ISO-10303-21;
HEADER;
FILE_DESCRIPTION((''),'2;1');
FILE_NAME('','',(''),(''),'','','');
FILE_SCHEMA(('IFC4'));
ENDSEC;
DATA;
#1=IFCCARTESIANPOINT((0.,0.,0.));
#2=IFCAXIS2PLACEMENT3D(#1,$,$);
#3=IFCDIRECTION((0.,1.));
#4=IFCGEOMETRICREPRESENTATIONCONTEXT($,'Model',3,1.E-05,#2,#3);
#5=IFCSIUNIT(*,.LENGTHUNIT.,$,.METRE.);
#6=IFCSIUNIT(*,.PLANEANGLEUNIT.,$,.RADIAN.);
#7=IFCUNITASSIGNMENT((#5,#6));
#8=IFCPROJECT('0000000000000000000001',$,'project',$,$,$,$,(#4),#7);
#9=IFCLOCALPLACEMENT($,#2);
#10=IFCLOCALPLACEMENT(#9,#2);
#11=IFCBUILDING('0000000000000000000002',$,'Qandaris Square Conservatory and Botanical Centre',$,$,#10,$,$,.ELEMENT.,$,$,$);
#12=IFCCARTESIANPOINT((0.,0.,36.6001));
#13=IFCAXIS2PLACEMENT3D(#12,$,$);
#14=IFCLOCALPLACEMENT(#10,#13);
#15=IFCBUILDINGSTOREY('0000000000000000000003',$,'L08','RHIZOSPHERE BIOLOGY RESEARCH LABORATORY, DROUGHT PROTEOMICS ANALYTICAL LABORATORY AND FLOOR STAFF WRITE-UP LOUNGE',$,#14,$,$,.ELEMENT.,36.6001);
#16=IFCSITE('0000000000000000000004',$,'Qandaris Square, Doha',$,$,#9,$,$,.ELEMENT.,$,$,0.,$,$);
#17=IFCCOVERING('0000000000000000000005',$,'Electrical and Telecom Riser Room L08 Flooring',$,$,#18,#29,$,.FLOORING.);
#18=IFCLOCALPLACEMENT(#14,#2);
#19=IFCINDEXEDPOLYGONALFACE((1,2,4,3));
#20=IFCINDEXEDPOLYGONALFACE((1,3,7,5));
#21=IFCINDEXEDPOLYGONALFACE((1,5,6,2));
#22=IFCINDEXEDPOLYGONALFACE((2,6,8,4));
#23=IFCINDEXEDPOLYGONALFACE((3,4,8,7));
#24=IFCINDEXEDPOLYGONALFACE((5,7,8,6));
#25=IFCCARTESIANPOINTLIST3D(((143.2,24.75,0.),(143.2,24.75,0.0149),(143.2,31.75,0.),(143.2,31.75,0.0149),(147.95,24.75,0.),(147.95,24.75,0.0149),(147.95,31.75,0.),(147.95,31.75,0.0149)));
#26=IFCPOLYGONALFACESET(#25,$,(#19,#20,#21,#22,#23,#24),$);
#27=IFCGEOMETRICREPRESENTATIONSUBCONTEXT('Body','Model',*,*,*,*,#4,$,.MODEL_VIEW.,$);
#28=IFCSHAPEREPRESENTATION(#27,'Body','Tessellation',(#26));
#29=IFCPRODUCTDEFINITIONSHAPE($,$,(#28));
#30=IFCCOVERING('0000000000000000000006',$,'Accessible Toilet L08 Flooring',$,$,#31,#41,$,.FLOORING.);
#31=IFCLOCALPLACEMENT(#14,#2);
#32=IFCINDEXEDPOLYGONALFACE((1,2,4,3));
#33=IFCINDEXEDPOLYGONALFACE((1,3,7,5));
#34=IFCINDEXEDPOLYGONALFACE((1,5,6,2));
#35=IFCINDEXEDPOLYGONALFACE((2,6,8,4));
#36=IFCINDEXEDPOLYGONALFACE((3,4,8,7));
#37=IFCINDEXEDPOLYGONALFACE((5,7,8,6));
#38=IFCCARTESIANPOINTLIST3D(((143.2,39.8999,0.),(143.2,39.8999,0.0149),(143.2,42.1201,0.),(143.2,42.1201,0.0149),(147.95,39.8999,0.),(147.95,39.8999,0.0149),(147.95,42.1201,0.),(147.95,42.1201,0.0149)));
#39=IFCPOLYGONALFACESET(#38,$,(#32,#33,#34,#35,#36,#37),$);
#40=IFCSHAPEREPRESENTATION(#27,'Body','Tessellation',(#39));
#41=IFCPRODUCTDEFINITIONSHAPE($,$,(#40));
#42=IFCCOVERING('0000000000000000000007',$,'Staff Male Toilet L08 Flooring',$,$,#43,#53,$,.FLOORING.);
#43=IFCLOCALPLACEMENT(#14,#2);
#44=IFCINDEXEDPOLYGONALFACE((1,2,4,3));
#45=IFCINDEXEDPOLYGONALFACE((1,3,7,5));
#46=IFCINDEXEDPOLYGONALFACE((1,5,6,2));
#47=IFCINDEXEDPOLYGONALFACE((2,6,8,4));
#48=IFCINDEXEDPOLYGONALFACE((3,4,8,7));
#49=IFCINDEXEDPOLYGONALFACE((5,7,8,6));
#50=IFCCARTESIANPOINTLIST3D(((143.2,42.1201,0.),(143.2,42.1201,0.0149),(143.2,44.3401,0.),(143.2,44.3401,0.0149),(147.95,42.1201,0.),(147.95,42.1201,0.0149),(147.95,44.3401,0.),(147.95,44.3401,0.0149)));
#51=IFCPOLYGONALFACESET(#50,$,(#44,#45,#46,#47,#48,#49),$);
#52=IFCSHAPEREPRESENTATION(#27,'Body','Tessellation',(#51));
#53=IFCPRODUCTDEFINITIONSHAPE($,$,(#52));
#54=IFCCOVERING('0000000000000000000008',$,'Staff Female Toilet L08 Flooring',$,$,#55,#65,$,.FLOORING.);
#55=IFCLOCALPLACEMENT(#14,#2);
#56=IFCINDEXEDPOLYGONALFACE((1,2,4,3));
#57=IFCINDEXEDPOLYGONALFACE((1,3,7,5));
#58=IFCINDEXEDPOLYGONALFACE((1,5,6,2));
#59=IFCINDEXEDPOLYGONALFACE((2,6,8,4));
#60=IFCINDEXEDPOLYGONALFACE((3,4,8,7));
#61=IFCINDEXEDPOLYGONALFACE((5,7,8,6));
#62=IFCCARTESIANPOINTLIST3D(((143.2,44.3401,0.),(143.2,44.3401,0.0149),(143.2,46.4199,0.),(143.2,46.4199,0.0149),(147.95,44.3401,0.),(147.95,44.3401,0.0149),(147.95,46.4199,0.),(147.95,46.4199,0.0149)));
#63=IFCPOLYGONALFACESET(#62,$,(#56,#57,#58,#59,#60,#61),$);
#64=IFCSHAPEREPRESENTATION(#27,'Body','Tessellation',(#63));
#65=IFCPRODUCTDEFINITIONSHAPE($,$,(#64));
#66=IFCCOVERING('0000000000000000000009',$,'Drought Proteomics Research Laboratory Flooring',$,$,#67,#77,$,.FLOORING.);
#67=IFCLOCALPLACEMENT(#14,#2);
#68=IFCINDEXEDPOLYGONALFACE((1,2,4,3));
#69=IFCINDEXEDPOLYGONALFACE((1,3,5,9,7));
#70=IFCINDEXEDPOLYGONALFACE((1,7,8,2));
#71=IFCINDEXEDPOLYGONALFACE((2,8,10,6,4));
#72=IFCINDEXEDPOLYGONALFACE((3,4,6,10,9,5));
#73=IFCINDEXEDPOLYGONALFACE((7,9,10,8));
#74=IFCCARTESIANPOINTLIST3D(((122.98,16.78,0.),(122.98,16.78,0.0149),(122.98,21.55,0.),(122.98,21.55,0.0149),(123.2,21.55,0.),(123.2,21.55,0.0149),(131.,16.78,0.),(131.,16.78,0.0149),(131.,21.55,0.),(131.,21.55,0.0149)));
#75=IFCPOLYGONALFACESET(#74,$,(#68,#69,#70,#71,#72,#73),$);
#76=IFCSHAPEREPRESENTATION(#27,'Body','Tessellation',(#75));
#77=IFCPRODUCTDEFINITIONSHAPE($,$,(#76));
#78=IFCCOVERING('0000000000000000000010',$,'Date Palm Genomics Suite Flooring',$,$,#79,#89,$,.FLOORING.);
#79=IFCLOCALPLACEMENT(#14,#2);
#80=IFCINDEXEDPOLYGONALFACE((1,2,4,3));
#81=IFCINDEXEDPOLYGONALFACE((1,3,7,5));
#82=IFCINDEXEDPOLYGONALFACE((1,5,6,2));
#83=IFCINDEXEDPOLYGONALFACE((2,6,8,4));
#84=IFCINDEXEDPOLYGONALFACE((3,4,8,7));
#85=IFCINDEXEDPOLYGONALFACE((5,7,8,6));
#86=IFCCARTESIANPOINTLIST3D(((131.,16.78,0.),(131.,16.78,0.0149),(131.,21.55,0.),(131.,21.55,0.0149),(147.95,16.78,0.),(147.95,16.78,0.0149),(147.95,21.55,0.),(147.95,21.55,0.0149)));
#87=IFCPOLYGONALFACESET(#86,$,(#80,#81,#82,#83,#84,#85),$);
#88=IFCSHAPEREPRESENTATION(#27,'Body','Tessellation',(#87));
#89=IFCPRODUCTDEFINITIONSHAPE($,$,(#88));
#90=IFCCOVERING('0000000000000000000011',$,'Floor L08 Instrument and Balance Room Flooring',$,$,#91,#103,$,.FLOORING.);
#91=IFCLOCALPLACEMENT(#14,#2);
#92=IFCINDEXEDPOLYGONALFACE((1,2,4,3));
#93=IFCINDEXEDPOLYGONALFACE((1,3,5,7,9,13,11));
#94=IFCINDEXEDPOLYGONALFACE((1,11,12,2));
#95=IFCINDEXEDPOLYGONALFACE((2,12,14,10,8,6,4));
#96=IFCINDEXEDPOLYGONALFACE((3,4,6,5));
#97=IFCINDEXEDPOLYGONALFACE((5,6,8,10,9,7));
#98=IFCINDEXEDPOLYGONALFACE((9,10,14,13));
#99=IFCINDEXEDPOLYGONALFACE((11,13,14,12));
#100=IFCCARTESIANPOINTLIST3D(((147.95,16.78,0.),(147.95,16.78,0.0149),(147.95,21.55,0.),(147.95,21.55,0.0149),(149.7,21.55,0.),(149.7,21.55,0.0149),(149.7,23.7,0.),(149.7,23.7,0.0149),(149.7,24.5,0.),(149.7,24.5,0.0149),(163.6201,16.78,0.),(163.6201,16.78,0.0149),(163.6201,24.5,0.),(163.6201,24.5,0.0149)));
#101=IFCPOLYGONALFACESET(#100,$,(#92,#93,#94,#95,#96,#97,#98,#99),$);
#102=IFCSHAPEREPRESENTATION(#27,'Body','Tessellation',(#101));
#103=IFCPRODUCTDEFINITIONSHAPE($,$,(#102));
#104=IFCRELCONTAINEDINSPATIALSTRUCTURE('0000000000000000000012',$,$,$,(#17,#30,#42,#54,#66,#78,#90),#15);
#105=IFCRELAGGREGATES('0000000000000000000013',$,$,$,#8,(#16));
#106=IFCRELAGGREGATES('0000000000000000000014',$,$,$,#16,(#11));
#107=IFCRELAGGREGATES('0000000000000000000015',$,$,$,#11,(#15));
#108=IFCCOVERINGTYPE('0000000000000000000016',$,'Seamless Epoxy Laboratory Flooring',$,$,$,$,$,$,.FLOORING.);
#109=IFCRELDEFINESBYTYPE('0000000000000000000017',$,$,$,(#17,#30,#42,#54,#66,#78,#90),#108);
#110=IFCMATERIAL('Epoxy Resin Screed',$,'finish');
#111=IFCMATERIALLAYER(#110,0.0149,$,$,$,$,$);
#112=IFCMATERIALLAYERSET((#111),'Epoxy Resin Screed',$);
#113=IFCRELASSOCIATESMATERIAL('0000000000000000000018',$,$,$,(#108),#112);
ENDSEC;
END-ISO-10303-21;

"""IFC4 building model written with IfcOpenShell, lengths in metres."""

from ifc_helpers import new_model, si_unit, direction, frame, origin, place, context, subcontext, project, spatial, polyline, outline, extrude, material, layer, layer_set, type_object, element, save


model = new_model("IFC4")

# Units and contexts
model_context = context("Model", 3, precision=1e-05, world=origin(), true_north=direction((0.0, 1.0)))
body_context = subcontext(model_context, "Body", "Model", "MODEL_VIEW")
ifc_project = project(units=[si_unit("LENGTHUNIT", "METRE"), si_unit("PLANEANGLEUNIT", "RADIAN")], contexts=[model_context])

# Site, building, storey
site_placement = place(None, origin())
site = spatial("IfcSite", under=ifc_project, at=site_placement, Name="Qandaris Square, Doha", CompositionType="ELEMENT", RefElevation=0.0)
building_placement = place(site_placement, origin())
building = spatial("IfcBuilding", under=site, at=building_placement, Name="Qandaris Square Conservatory and Botanical Centre", CompositionType="ELEMENT")
storey_placement = place(building_placement, frame((0.0, 0.0, 36.6001)))
storey = spatial("IfcBuildingStorey", under=building, at=storey_placement, Name="L08", Description="RHIZOSPHERE BIOLOGY RESEARCH LABORATORY, DROUGHT PROTEOMICS ANALYTICAL LABORATORY AND FLOOR STAFF WRITE-UP LOUNGE", CompositionType="ELEMENT", Elevation=36.6001)

# Coverings
ifc_material_1 = material(Name="Epoxy Resin Screed", Category="finish")
ifc_layer_1 = layer(ifc_material_1, 0.0149)
ifc_layer_set_1 = layer_set([ifc_layer_1], Name="Epoxy Resin Screed")
covering_type_1 = type_object("IfcCoveringType", Name="Seamless Epoxy Laboratory Flooring", PredefinedType="FLOORING", material=ifc_layer_set_1)
covering_1_placement = place(storey_placement, origin())
element("IfcCovering", 1, at=covering_1_placement, inside=storey, type_object=covering_type_1, Name="Electrical and Telecom Riser Room L08 Flooring", PredefinedType="FLOORING", context=body_context, shape_type="SweptSolid", body=[
    extrude(outline(polyline([(147.95, 31.75), (147.95, 24.75), (143.2, 24.75), (143.2, 31.75), (147.95, 31.75)])), origin(), (0.0, 0.0, 1.0), 0.0149),
])
covering_2_placement = place(storey_placement, origin())
element("IfcCovering", 2, at=covering_2_placement, inside=storey, type_object=covering_type_1, Name="Accessible Toilet L08 Flooring", PredefinedType="FLOORING", context=body_context, shape_type="SweptSolid", body=[
    extrude(outline(polyline([(147.95, 42.1201), (147.95, 39.8999), (143.2, 39.8999), (143.2, 42.1201), (147.95, 42.1201)])), origin(), (0.0, 0.0, 1.0), 0.0149),
])
covering_3_placement = place(storey_placement, origin())
element("IfcCovering", 3, at=covering_3_placement, inside=storey, type_object=covering_type_1, Name="Staff Male Toilet L08 Flooring", PredefinedType="FLOORING", context=body_context, shape_type="SweptSolid", body=[
    extrude(outline(polyline([(147.95, 44.3401), (147.95, 42.1201), (143.2, 42.1201), (143.2, 44.3401), (147.95, 44.3401)])), origin(), (0.0, 0.0, 1.0), 0.0149),
])
covering_4_placement = place(storey_placement, origin())
element("IfcCovering", 4, at=covering_4_placement, inside=storey, type_object=covering_type_1, Name="Staff Female Toilet L08 Flooring", PredefinedType="FLOORING", context=body_context, shape_type="SweptSolid", body=[
    extrude(outline(polyline([(147.95, 46.4199), (147.95, 44.3401), (143.2, 44.3401), (143.2, 46.4199), (147.95, 46.4199)])), origin(), (0.0, 0.0, 1.0), 0.0149),
])
covering_5_placement = place(storey_placement, origin())
element("IfcCovering", 5, at=covering_5_placement, inside=storey, type_object=covering_type_1, Name="Drought Proteomics Research Laboratory Flooring", PredefinedType="FLOORING", context=body_context, shape_type="SweptSolid", body=[
    extrude(outline(polyline([(123.2, 21.55), (131.0, 21.55), (131.0, 16.78), (122.98, 16.78), (122.98, 21.55), (123.2, 21.55)])), origin(), (0.0, 0.0, 1.0), 0.0149),
])
covering_6_placement = place(storey_placement, origin())
element("IfcCovering", 6, at=covering_6_placement, inside=storey, type_object=covering_type_1, Name="Date Palm Genomics Suite Flooring", PredefinedType="FLOORING", context=body_context, shape_type="SweptSolid", body=[
    extrude(outline(polyline([(147.95, 21.55), (147.95, 16.78), (131.0, 16.78), (131.0, 21.55), (147.95, 21.55)])), origin(), (0.0, 0.0, 1.0), 0.0149),
])
covering_7_placement = place(storey_placement, origin())
element("IfcCovering", 7, at=covering_7_placement, inside=storey, type_object=covering_type_1, Name="Floor L08 Instrument and Balance Room Flooring", PredefinedType="FLOORING", context=body_context, shape_type="SweptSolid", body=[
    extrude(outline(polyline([(147.95, 21.55), (149.7, 21.55), (149.7, 23.7), (149.7, 24.5), (163.6201, 24.5), (163.6201, 16.78), (147.95, 16.78), (147.95, 21.55)])), origin(), (0.0, 0.0, 1.0), 0.0149),
])

save(model, "model.ifc")
